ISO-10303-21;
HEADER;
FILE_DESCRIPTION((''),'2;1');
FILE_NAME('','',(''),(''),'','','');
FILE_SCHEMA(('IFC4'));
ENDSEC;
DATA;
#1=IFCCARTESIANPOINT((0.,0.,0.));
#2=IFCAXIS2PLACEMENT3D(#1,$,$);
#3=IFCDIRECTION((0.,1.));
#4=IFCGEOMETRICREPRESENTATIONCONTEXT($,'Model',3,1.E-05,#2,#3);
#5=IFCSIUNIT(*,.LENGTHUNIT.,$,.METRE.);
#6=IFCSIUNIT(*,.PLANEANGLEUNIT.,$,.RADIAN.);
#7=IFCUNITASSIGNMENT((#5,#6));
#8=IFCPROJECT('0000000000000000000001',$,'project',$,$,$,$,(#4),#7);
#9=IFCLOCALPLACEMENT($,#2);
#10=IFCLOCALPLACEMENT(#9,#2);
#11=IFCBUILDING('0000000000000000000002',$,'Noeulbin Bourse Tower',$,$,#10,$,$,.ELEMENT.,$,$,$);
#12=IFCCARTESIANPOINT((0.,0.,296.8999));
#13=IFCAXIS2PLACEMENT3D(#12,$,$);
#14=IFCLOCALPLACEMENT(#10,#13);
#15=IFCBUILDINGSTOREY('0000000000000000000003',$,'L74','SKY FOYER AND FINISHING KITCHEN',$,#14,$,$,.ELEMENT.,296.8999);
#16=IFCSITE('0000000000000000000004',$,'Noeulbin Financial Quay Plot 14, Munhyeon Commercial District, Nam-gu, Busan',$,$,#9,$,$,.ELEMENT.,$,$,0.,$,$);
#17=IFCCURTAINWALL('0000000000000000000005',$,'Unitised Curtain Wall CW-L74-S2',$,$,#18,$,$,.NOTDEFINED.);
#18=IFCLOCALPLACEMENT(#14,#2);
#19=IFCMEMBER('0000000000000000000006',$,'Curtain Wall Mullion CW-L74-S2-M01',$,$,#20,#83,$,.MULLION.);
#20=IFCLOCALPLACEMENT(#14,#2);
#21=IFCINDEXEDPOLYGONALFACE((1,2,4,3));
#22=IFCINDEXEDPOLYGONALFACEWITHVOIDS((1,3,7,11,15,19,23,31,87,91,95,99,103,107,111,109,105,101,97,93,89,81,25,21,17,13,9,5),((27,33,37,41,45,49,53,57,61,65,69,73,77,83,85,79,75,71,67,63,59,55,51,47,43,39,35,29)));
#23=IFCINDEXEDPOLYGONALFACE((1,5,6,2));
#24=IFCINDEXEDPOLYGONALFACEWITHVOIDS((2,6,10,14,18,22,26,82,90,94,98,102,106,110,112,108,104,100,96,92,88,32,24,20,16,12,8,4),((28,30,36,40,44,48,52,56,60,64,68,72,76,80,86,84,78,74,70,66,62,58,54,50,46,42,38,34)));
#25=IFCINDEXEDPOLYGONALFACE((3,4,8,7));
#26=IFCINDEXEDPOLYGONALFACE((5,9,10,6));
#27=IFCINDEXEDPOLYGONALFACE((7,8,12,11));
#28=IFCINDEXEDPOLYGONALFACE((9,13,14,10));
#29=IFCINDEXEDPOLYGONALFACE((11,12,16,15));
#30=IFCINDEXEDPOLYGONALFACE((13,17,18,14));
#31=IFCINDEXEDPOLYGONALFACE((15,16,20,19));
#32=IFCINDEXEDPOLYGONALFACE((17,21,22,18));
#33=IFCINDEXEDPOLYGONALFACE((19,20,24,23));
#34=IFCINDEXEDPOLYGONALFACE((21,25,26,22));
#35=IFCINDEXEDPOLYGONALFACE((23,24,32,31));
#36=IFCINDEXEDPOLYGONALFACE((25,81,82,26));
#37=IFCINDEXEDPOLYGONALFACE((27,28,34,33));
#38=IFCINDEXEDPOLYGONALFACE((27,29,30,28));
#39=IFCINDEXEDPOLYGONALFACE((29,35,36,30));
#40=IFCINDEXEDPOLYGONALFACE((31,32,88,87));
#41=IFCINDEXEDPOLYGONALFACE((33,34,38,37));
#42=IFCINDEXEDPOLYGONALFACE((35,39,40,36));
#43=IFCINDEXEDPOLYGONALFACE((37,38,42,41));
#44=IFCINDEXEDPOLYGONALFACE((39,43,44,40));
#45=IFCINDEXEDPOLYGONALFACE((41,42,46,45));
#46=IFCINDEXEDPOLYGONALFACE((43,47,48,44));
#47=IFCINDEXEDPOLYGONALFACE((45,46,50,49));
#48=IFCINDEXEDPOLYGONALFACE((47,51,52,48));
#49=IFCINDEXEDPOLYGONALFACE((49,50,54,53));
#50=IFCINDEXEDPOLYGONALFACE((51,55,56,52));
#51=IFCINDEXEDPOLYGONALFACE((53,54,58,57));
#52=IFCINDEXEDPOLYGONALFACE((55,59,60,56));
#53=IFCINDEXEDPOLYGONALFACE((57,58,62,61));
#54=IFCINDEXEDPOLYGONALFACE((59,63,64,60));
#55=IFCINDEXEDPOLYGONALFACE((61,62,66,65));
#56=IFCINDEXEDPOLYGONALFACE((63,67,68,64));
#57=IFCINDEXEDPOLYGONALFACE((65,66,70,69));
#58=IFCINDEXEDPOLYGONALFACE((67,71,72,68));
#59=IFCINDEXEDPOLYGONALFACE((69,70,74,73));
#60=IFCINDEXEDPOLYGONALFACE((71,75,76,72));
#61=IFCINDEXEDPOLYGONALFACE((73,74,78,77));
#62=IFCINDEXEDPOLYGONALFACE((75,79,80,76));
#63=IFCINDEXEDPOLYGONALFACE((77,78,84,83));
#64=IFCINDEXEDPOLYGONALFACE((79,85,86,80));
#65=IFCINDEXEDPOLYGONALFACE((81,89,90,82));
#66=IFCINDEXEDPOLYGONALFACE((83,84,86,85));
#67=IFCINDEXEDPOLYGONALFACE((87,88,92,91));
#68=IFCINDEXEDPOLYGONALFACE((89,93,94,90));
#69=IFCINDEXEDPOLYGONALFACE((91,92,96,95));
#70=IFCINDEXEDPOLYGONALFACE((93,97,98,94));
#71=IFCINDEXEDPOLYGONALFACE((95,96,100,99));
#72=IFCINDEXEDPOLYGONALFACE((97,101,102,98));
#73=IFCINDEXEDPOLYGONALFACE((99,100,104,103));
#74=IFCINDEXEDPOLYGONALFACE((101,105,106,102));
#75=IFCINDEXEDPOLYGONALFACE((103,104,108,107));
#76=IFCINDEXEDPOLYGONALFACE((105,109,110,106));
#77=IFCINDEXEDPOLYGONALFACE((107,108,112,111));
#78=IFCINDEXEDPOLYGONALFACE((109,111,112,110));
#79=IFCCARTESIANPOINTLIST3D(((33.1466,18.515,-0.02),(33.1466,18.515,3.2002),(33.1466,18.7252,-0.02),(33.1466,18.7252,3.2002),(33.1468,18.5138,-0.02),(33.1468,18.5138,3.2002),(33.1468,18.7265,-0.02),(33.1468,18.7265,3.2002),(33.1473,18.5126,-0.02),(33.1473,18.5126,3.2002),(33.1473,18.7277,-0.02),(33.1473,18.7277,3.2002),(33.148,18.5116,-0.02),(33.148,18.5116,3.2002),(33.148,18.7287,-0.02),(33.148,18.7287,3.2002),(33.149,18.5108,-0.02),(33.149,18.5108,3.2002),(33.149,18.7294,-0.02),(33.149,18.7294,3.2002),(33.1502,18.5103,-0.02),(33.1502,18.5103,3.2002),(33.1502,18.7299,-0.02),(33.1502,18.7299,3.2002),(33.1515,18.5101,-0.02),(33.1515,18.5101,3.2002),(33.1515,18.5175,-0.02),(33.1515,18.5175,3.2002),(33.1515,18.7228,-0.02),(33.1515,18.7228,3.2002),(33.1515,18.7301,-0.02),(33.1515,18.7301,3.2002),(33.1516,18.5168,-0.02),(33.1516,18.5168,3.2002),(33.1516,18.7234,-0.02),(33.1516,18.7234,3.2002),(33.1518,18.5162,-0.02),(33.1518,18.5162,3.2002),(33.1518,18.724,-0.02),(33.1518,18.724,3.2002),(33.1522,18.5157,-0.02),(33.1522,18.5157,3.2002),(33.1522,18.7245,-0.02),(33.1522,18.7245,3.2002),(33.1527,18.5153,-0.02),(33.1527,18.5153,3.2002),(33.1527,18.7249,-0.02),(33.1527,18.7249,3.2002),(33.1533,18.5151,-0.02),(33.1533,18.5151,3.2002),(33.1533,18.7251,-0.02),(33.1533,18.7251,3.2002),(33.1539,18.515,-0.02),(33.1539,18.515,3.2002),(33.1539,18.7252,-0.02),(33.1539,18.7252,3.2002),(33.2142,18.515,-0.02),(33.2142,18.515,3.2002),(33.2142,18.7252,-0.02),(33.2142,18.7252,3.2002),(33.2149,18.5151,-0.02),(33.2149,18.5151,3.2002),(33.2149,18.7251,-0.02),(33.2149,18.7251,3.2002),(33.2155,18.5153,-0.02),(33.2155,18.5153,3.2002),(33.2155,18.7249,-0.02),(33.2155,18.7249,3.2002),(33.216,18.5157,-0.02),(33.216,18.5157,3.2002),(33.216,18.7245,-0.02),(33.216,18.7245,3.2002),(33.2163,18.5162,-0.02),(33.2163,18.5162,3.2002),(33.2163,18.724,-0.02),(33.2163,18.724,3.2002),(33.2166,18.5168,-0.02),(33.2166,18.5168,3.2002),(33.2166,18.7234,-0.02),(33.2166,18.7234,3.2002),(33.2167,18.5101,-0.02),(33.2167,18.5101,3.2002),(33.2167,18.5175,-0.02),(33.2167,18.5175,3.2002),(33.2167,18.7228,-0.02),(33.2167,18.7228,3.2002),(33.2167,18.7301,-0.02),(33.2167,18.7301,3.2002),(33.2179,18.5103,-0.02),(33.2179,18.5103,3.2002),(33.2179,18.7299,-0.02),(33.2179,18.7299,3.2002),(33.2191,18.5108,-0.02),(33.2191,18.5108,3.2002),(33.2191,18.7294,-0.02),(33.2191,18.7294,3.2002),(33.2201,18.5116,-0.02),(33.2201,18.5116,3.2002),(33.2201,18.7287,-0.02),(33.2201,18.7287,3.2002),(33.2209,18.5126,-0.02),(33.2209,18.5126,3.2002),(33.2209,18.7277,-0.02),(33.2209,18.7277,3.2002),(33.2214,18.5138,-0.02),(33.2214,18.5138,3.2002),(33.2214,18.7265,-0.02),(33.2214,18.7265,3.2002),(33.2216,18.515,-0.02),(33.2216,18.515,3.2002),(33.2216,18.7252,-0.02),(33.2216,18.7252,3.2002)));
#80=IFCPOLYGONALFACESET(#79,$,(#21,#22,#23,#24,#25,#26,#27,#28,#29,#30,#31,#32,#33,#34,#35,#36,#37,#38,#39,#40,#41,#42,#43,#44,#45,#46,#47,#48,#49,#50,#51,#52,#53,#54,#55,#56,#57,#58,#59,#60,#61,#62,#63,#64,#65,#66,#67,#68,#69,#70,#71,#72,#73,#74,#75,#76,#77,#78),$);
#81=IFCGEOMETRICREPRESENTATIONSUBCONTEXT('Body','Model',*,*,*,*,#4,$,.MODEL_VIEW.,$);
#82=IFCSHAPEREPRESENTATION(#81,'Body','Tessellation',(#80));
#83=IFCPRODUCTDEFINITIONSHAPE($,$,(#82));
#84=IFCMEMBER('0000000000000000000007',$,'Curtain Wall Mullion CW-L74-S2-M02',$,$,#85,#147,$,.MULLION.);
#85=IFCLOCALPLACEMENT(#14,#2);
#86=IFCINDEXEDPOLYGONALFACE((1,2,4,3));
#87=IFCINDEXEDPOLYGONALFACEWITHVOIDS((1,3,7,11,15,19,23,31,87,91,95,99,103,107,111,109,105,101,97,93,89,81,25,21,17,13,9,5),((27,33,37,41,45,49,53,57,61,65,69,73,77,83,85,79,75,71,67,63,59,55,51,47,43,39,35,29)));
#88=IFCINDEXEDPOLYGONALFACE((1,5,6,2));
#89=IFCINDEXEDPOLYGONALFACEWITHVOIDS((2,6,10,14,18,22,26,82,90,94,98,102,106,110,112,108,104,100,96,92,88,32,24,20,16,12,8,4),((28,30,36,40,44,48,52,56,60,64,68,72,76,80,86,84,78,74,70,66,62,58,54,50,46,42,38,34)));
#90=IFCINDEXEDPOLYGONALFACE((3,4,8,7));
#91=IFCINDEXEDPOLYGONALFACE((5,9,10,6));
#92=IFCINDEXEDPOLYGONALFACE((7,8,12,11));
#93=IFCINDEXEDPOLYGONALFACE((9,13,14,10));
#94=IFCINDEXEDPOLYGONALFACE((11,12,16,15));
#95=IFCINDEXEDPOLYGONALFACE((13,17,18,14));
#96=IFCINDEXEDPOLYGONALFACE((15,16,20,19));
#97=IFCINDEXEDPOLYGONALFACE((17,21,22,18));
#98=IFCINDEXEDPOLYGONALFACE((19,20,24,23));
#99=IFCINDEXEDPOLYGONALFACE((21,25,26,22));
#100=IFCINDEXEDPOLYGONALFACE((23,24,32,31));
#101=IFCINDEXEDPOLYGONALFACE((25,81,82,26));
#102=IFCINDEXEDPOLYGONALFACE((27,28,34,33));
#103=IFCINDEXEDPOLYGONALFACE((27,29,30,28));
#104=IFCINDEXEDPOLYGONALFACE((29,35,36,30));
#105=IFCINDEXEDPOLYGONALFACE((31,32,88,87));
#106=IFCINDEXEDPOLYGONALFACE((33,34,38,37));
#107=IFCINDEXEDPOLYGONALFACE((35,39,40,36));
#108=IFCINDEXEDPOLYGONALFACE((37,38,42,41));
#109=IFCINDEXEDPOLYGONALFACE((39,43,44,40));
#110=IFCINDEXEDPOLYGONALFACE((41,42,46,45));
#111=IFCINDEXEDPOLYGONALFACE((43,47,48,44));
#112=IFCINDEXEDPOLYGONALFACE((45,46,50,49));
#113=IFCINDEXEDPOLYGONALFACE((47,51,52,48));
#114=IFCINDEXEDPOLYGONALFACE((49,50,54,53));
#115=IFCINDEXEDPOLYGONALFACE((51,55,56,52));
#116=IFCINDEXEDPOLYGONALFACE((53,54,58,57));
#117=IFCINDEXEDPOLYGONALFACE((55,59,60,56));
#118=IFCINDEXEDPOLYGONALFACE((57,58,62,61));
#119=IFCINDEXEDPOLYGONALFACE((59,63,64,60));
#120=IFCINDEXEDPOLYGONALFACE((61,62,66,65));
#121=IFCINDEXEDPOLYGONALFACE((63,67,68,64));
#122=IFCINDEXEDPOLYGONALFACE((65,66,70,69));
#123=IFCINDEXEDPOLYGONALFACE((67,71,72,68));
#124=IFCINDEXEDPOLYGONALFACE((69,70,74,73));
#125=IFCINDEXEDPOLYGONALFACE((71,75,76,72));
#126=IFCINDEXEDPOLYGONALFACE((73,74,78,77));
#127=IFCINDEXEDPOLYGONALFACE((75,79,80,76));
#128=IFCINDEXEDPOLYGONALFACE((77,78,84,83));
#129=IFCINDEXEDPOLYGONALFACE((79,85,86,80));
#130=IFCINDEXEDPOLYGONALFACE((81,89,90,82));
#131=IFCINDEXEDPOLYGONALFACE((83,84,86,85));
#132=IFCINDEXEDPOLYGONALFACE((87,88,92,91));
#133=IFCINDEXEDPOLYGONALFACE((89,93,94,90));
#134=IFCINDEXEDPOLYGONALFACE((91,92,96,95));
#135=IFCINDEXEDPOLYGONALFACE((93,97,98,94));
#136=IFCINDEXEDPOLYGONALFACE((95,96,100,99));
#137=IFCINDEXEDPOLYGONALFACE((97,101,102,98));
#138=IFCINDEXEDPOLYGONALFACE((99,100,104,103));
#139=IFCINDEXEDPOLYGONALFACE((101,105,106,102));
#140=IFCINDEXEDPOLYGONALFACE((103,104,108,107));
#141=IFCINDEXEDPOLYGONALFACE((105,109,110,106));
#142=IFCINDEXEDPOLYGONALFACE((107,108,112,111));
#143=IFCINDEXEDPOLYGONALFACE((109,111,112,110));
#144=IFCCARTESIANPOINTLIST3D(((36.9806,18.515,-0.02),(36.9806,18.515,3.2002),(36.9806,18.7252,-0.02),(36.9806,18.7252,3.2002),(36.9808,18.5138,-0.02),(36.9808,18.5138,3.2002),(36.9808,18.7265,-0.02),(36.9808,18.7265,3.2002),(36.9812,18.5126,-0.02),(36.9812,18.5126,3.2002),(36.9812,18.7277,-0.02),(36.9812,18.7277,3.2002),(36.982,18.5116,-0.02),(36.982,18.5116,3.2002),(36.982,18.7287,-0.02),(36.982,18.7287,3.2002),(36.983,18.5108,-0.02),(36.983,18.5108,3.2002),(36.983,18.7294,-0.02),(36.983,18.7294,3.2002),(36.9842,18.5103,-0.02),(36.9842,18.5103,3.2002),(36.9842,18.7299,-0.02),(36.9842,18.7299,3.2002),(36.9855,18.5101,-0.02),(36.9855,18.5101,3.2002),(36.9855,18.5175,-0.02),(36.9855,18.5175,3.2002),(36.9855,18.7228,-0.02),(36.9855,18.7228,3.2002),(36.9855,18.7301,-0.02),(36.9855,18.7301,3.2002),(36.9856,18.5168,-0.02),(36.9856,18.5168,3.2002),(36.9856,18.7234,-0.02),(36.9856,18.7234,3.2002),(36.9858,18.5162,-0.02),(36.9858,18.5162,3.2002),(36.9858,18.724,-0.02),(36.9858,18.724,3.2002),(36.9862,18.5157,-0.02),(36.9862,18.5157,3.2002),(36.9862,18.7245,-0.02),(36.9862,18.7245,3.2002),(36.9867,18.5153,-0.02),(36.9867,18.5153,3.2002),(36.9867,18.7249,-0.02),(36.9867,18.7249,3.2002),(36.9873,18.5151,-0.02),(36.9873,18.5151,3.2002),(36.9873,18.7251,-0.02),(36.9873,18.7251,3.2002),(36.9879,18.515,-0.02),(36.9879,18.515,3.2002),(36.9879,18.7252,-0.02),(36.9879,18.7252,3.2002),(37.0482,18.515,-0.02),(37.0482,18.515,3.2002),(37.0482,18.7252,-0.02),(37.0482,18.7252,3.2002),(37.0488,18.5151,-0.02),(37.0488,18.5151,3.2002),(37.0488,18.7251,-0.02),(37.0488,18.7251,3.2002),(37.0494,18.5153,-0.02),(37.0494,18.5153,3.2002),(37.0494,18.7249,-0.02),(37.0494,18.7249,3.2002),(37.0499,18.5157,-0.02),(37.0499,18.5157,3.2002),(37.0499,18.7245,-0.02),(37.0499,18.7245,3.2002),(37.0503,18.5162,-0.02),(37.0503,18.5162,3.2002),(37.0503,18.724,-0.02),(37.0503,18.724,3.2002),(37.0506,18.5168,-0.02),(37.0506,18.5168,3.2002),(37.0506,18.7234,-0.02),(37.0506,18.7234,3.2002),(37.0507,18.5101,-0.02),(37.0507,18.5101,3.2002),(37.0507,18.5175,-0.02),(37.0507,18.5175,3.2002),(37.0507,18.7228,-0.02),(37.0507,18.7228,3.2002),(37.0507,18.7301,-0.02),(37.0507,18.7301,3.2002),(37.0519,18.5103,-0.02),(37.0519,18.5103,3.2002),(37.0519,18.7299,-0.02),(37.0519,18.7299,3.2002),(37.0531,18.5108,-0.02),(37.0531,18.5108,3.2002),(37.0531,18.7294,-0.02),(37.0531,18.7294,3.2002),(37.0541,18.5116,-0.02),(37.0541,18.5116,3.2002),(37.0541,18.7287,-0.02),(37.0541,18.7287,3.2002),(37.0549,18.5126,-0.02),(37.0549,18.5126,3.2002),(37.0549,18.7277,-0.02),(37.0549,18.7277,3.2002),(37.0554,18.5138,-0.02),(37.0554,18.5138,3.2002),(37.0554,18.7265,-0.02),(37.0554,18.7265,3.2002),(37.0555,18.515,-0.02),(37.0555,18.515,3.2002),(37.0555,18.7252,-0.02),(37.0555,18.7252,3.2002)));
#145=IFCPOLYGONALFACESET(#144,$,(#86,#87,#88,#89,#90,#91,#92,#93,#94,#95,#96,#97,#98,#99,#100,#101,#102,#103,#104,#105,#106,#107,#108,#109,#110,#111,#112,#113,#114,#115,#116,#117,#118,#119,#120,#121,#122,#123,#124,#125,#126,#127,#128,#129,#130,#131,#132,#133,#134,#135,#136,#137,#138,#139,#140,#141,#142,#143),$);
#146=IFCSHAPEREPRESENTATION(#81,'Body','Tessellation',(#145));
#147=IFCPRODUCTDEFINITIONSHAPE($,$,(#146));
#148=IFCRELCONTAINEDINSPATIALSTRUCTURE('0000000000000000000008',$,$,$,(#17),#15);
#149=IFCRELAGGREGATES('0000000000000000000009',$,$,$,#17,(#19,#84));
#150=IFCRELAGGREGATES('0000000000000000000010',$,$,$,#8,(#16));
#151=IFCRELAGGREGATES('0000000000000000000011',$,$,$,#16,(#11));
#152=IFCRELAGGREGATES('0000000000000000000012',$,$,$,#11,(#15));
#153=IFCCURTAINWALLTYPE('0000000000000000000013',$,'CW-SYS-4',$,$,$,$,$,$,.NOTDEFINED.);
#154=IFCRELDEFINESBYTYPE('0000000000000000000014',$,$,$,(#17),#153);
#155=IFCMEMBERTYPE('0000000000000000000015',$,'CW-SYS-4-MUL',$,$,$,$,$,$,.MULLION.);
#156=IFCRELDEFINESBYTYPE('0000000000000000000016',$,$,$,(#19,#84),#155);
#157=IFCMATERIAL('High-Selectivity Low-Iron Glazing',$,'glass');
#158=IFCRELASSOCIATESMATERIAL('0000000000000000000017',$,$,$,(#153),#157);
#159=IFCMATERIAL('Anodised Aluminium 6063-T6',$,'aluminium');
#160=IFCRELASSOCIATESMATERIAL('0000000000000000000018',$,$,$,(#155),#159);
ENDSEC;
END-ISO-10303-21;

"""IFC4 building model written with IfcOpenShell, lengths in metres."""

from ifc_helpers import new_model, si_unit, direction, frame, origin, origin_2d, place, context, subcontext, project, spatial, hollow_rectangle, extrude, material, material_profile, profile_set, type_object, element, aggregate, save


model = new_model("IFC4")

# Units and contexts
model_context = context("Model", 3, precision=1e-05, world=origin(), true_north=direction((0.0, 1.0)))
body_context = subcontext(model_context, "Body", "Model", "MODEL_VIEW")
ifc_project = project(units=[si_unit("LENGTHUNIT", "METRE"), si_unit("PLANEANGLEUNIT", "RADIAN")], contexts=[model_context])

# Site, building, storey
site_placement = place(None, origin())
site = spatial("IfcSite", under=ifc_project, at=site_placement, Name="Noeulbin Financial Quay Plot 14, Munhyeon Commercial District, Nam-gu, Busan", CompositionType="ELEMENT", RefElevation=0.0)
building_placement = place(site_placement, origin())
building = spatial("IfcBuilding", under=site, at=building_placement, Name="Noeulbin Bourse Tower", CompositionType="ELEMENT")
storey_placement = place(building_placement, frame((0.0, 0.0, 296.8999)))
storey = spatial("IfcBuildingStorey", under=building, at=storey_placement, Name="L74", Description="SKY FOYER AND FINISHING KITCHEN", CompositionType="ELEMENT", Elevation=296.8999)

# Curtain wall, members
ifc_material_1 = material(Name="High-Selectivity Low-Iron Glazing", Category="glass")
curtain_wall_type = type_object("IfcCurtainWallType", Name="CW-SYS-4", PredefinedType="NOTDEFINED", material=ifc_material_1)
curtain_wall_placement = place(storey_placement, origin())
curtain_wall = element("IfcCurtainWall", 1, at=curtain_wall_placement, inside=storey, type_object=curtain_wall_type, Name="Unitised Curtain Wall CW-L74-S2", PredefinedType="NOTDEFINED")
ifc_material_2 = material(Name="Anodised Aluminium 6063-T6", Category="aluminium")
ifc_material_profile_1 = material_profile(ifc_material_2, hollow_rectangle(XDim=0.075, YDim=0.22, WallThickness=0.0049, InnerFilletRadius=0.0024, OuterFilletRadius=0.0049, at=origin_2d()), Name="ALU-MULL-75x220x5", Category="LoadBearing")
ifc_profile_set_1 = profile_set([ifc_material_profile_1], Name="Anodised Aluminium 6063-T6")
member_type = type_object("IfcMemberType", Name="CW-SYS-4-MUL", PredefinedType="MULLION", material=ifc_profile_set_1)
member_1_placement = place(storey_placement, frame((33.1841, 18.6201, -0.02), z_axis=(0.0, 0.0, 1.0), x_axis=(1.0, 0.0, 0.0)))
member_1 = element("IfcMember", 2, at=member_1_placement, type_object=member_type, Name="Curtain Wall Mullion CW-L74-S2-M01", PredefinedType="MULLION", context=body_context, shape_type="SweptSolid", body=[
    extrude(hollow_rectangle(XDim=0.075, YDim=0.22, WallThickness=0.0049, InnerFilletRadius=0.0024, OuterFilletRadius=0.0049, at=origin_2d()), origin(), (0.0, 0.0, 1.0), 3.2202),
])
member_2_placement = place(storey_placement, frame((37.0181, 18.6201, -0.02), z_axis=(0.0, 0.0, 1.0), x_axis=(1.0, 0.0, 0.0)))
member_2 = element("IfcMember", 3, at=member_2_placement, type_object=member_type, Name="Curtain Wall Mullion CW-L74-S2-M02", PredefinedType="MULLION", context=body_context, shape_type="SweptSolid", body=[
    extrude(hollow_rectangle(XDim=0.075, YDim=0.22, WallThickness=0.0049, InnerFilletRadius=0.0024, OuterFilletRadius=0.0049, at=origin_2d()), origin(), (0.0, 0.0, 1.0), 3.2202),
])
aggregate(curtain_wall, [member_1, member_2])

save(model, "model.ifc")
